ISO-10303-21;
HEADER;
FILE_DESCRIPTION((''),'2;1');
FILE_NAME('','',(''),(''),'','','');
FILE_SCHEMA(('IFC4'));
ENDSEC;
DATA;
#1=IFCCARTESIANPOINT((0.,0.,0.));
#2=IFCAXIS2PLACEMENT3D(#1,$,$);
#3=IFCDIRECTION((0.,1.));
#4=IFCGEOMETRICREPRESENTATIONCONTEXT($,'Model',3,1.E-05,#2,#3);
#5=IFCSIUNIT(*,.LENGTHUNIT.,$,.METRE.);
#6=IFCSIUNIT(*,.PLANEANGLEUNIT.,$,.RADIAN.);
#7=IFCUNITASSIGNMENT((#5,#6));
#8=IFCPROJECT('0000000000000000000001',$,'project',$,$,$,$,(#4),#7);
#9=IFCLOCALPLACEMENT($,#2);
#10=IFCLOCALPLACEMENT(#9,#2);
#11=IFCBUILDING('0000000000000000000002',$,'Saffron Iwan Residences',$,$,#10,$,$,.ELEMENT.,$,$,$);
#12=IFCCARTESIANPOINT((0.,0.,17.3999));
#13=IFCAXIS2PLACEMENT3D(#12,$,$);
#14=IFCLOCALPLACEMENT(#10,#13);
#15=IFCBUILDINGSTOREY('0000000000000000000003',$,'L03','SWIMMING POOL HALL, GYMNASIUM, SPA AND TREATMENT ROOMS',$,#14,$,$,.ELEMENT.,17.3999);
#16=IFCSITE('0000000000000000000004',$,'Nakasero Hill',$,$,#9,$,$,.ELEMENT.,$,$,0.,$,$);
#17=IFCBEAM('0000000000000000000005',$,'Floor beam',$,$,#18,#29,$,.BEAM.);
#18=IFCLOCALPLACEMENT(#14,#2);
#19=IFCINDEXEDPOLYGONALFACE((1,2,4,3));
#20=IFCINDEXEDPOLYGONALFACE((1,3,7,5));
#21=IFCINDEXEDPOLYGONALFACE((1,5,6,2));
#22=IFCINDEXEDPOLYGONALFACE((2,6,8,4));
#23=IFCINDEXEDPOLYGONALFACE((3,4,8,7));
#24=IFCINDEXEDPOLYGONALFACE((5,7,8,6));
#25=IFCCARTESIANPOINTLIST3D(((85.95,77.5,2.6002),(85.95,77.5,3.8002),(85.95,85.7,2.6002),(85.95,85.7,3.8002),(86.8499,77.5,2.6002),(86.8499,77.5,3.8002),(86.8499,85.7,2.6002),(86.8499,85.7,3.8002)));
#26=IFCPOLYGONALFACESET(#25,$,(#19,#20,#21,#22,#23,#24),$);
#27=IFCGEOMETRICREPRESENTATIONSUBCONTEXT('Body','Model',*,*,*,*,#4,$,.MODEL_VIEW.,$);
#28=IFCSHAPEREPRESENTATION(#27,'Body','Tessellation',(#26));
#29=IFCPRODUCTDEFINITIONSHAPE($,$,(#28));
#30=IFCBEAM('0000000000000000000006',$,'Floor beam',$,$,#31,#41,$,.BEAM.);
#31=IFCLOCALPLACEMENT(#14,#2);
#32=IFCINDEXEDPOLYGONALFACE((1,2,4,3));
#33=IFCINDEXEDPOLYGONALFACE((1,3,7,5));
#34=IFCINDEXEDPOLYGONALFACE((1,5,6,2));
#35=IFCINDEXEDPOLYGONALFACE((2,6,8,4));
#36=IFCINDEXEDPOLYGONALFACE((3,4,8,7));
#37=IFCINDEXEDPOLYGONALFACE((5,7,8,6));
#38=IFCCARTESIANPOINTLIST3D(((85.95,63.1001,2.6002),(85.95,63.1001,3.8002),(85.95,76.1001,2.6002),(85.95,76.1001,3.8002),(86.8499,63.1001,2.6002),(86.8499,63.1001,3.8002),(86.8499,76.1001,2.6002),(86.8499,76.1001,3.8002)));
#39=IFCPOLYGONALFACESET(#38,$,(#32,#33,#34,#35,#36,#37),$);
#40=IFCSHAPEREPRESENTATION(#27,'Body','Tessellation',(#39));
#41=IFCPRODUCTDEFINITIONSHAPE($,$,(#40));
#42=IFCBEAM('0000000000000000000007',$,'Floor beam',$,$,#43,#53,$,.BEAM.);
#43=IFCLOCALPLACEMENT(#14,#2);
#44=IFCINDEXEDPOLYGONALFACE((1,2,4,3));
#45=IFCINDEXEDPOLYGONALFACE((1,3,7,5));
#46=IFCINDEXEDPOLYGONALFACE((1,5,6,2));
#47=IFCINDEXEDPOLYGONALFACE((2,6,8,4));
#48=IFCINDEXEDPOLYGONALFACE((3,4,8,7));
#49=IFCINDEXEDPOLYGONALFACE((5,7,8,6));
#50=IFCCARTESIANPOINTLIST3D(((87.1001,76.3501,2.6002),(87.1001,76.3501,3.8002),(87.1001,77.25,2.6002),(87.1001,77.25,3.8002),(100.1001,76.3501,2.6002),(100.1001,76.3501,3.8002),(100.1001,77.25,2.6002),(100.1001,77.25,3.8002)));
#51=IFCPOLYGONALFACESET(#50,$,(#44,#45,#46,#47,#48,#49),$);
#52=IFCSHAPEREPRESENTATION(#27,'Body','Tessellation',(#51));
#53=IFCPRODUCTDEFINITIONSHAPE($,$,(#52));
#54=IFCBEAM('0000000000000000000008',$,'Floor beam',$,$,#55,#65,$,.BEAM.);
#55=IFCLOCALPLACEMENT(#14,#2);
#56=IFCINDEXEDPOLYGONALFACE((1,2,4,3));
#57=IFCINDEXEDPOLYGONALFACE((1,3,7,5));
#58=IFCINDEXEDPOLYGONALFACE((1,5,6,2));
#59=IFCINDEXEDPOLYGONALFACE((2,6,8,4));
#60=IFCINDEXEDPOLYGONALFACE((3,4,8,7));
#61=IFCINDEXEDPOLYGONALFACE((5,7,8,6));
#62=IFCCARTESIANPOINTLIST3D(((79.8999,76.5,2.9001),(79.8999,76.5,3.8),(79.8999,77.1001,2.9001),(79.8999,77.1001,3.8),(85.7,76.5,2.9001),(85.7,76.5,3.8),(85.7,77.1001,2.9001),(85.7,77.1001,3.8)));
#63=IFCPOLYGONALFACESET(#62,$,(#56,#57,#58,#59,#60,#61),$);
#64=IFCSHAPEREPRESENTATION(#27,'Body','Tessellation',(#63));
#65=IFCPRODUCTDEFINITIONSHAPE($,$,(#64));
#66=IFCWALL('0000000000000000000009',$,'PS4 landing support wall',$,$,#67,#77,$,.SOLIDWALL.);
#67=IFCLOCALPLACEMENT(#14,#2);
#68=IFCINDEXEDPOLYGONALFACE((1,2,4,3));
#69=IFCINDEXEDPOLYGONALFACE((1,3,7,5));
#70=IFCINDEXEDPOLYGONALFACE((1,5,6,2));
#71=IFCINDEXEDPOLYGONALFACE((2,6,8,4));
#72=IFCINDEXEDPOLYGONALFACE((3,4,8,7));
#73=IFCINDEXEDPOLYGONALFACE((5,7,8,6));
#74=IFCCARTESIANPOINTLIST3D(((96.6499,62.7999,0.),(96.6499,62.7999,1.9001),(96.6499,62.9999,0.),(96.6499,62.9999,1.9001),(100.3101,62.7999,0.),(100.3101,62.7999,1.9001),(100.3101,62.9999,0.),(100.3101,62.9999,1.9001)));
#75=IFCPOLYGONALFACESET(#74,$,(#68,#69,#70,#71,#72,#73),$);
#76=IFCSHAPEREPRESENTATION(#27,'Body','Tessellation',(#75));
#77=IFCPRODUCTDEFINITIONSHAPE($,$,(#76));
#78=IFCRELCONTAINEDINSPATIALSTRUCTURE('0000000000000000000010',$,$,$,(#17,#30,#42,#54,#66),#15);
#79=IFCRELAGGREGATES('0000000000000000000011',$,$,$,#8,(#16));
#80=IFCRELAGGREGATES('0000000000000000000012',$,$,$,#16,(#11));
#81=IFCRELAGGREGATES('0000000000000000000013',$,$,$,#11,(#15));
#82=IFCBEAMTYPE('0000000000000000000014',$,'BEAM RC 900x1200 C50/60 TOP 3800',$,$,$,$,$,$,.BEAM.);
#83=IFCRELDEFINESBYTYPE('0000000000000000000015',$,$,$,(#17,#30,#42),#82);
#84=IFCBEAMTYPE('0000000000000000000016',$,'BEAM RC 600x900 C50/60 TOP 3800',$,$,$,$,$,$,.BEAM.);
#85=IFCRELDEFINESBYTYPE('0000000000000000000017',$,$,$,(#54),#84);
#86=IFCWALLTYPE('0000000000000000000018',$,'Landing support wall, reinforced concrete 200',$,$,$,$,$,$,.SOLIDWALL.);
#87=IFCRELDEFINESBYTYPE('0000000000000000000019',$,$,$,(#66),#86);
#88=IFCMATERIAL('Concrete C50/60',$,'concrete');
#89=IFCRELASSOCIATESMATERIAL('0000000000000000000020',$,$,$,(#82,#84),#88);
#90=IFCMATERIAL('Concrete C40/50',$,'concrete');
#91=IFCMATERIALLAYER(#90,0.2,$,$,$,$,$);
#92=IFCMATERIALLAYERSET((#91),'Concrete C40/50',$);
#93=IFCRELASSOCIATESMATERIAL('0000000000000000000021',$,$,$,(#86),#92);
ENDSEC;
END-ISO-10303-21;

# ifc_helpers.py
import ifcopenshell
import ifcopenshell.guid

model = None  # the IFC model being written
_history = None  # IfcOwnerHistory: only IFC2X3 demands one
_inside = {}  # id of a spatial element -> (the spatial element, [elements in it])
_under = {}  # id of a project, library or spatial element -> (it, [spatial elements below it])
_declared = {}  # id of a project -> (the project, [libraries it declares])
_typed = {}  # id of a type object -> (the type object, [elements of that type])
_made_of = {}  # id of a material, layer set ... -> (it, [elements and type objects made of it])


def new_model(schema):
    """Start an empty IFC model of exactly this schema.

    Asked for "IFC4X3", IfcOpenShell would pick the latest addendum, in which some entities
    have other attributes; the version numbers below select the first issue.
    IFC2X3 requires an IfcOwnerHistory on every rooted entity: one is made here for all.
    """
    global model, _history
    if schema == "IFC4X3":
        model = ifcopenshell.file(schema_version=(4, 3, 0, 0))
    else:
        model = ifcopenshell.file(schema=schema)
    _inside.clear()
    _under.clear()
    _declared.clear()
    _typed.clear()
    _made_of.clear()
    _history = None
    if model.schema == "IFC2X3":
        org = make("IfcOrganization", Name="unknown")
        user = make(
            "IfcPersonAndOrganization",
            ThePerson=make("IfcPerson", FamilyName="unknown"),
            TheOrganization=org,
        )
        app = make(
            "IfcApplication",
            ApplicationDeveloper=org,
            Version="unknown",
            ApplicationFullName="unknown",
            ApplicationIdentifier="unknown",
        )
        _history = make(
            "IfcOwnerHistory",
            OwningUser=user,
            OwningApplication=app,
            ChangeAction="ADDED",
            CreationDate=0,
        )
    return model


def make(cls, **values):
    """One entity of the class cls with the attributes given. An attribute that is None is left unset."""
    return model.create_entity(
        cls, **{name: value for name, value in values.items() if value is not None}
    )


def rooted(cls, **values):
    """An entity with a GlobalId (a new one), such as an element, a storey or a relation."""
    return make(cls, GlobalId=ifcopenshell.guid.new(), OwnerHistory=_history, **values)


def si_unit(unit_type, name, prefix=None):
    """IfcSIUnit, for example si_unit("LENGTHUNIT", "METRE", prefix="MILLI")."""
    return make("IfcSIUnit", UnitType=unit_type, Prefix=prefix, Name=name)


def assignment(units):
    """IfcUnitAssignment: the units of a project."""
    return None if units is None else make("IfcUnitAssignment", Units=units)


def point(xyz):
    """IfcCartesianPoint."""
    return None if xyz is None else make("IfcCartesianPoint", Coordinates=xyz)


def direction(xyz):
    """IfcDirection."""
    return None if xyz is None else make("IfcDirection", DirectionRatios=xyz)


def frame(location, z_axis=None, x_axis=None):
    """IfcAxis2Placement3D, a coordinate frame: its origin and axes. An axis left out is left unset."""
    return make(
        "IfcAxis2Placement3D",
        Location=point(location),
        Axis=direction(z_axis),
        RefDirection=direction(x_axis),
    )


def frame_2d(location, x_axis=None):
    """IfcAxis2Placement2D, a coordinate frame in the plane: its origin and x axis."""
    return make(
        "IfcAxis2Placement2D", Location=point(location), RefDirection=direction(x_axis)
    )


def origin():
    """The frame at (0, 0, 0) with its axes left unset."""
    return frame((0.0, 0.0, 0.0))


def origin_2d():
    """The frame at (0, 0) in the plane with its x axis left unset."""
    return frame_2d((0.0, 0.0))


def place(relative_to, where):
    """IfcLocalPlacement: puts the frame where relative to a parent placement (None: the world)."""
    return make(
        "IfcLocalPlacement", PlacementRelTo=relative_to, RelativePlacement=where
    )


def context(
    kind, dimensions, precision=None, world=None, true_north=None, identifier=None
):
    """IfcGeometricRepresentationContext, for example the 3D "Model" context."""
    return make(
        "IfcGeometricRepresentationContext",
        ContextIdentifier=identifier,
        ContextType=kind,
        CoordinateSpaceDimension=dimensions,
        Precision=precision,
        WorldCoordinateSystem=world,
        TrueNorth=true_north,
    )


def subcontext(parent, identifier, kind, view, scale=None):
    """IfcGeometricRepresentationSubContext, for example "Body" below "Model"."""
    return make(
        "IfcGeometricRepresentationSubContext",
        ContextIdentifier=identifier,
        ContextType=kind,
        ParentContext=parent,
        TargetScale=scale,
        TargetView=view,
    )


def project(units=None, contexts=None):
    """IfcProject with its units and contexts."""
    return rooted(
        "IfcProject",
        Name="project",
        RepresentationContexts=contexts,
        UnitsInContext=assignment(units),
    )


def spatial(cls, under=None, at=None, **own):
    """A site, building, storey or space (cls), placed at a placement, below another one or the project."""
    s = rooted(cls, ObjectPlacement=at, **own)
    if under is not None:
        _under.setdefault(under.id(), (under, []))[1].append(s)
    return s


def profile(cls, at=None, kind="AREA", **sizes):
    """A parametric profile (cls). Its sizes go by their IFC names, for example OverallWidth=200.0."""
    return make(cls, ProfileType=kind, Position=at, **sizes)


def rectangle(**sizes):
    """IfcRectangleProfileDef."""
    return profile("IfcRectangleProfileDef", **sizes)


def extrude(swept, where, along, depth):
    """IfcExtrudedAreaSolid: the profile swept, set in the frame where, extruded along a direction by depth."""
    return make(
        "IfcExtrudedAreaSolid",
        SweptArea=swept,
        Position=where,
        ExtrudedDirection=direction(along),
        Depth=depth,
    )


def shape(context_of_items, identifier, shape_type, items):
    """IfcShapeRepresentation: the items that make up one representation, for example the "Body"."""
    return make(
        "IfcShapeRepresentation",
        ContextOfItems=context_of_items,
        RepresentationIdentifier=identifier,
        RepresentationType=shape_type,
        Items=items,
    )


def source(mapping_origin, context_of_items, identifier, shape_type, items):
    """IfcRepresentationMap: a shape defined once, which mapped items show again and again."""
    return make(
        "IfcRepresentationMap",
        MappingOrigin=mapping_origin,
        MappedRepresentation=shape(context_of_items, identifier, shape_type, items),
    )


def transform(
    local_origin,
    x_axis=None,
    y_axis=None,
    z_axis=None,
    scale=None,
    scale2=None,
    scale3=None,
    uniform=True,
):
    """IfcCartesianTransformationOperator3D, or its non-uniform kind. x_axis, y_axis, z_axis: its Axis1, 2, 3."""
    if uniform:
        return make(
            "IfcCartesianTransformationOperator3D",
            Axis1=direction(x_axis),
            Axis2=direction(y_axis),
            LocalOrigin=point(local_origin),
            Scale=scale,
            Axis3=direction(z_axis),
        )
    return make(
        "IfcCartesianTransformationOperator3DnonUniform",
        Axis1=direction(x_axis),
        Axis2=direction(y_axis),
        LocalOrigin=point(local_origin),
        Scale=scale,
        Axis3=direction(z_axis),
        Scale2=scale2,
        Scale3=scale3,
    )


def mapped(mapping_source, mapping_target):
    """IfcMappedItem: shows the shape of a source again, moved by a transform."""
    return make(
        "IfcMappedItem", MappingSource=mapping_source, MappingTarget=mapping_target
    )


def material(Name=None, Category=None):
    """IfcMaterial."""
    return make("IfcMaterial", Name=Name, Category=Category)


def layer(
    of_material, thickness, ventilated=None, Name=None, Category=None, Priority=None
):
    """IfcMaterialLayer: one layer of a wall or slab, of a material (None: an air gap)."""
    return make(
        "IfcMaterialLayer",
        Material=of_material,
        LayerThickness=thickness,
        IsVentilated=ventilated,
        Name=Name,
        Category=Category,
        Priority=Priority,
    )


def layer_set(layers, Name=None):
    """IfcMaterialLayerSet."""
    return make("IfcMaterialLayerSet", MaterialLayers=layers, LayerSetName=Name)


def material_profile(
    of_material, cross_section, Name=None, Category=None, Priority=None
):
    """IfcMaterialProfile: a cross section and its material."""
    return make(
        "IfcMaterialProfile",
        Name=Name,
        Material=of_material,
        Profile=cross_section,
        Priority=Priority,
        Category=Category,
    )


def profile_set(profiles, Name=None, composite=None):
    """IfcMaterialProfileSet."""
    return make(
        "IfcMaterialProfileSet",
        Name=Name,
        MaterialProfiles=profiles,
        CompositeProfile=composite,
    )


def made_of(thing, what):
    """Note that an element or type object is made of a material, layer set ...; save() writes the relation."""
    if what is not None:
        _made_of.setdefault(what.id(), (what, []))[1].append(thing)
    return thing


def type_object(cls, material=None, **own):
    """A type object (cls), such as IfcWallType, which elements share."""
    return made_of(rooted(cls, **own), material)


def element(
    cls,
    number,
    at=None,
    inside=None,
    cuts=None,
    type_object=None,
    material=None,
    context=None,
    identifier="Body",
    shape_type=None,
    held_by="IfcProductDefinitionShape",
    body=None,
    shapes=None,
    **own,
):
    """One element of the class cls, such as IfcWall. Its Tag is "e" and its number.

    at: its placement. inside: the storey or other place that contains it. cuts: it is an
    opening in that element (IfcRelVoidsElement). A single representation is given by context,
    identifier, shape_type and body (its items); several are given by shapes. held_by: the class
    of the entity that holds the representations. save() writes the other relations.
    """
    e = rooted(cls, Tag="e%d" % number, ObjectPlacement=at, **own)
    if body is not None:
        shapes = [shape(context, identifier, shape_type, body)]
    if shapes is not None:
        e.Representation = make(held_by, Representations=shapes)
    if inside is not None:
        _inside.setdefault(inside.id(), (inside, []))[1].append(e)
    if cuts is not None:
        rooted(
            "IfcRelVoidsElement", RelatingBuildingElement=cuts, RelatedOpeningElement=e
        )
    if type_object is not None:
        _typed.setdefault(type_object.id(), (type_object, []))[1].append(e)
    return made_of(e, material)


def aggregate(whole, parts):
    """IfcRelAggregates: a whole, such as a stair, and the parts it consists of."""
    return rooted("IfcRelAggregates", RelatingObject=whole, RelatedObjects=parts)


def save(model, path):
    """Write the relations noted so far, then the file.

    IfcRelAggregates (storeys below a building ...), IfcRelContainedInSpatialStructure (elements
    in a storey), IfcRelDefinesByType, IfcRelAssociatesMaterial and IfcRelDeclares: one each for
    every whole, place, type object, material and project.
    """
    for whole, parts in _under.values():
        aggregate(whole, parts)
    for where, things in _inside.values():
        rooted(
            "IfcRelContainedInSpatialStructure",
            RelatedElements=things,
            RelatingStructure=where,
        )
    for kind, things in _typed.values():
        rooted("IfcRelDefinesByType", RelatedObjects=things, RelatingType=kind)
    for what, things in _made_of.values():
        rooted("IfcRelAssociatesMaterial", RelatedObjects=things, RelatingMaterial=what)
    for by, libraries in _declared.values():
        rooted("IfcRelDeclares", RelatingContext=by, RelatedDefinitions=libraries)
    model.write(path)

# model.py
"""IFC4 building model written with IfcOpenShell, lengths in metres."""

from ifc_helpers import new_model, si_unit, direction, frame, frame_2d, origin, origin_2d, place, context, subcontext, project, spatial, rectangle, extrude, source, transform, mapped, material, layer, layer_set, material_profile, profile_set, type_object, element, save


model = new_model("IFC4")

# Units and contexts
model_context = context("Model", 3, precision=1e-05, world=origin(), true_north=direction((0.0, 1.0)))
body_context = subcontext(model_context, "Body", "Model", "MODEL_VIEW")
ifc_project = project(units=[si_unit("LENGTHUNIT", "METRE"), si_unit("PLANEANGLEUNIT", "RADIAN")], contexts=[model_context])

# Site, building, storey
site_placement = place(None, origin())
site = spatial("IfcSite", under=ifc_project, at=site_placement, Name="Nakasero Hill", CompositionType="ELEMENT", RefElevation=0.0)
building_placement = place(site_placement, origin())
building = spatial("IfcBuilding", under=site, at=building_placement, Name="Saffron Iwan Residences", CompositionType="ELEMENT")
storey_placement = place(building_placement, frame((0.0, 0.0, 17.3999)))
storey = spatial("IfcBuildingStorey", under=building, at=storey_placement, Name="L03", Description="SWIMMING POOL HALL, GYMNASIUM, SPA AND TREATMENT ROOMS", CompositionType="ELEMENT", Elevation=17.3999)

# Shared definitions
ifc_material_1 = material(Name="Concrete C50/60", Category="concrete")

# Beams
ifc_material_profile_1 = material_profile(ifc_material_1, rectangle(XDim=0.8999, YDim=1.2, at=origin_2d()), Name="RC 900x1200")
ifc_profile_set_1 = profile_set([ifc_material_profile_1], Name="Concrete C50/60")
beam_type_1 = type_object("IfcBeamType", Name="BEAM RC 900x1200 C50/60 TOP 3800", PredefinedType="BEAM", material=ifc_profile_set_1)
shared_shape_1 = source(origin(), body_context, "Body", "SweptSolid", [
    extrude(rectangle(XDim=0.8999, YDim=1.2, at=origin_2d()), origin(), (0.0, 0.0, 1.0), 8.2),
])
beam_1_placement = place(storey_placement, frame((86.3999, 77.5, 3.2002), z_axis=(0.0, 1.0, 0.0), x_axis=(-1.0, 0.0, 0.0)))
element("IfcBeam", 1, at=beam_1_placement, inside=storey, type_object=beam_type_1, Name="Floor beam", PredefinedType="BEAM", context=body_context, shape_type="MappedRepresentation", body=[
    mapped(shared_shape_1, transform((0.0, 0.0, 0.0))),
])
shared_shape_2 = source(origin(), body_context, "Body", "SweptSolid", [
    extrude(rectangle(XDim=0.8999, YDim=1.2, at=origin_2d()), origin(), (0.0, 0.0, 1.0), 13.0),
])
for number, where, z_axis, x_axis, name in (
    (2, (86.3999, 63.1001, 3.2002), (0.0, 1.0, 0.0), (-1.0, 0.0, 0.0), "Floor beam"),
    (3, (87.1001, 76.8, 3.2002), (1.0, 0.0, 0.0), (0.0, 1.0, 0.0), "Floor beam"),
):
    element("IfcBeam", number, at=place(storey_placement, frame(where, z_axis=z_axis, x_axis=x_axis)), inside=storey, type_object=beam_type_1, Name=name, PredefinedType="BEAM", context=body_context, shape_type="MappedRepresentation", body=[
        mapped(shared_shape_2, transform((0.0, 0.0, 0.0))),
    ])
ifc_material_profile_2 = material_profile(ifc_material_1, rectangle(XDim=0.6001, YDim=0.8999, at=origin_2d()), Name="RC 600x900")
ifc_profile_set_2 = profile_set([ifc_material_profile_2], Name="Concrete C50/60")
beam_type_2 = type_object("IfcBeamType", Name="BEAM RC 600x900 C50/60 TOP 3800", PredefinedType="BEAM", material=ifc_profile_set_2)
shared_shape_3 = source(origin(), body_context, "Body", "SweptSolid", [
    extrude(rectangle(XDim=0.6001, YDim=0.8999, at=origin_2d()), origin(), (0.0, 0.0, 1.0), 5.8),
])
beam_2_placement = place(storey_placement, frame((79.8999, 76.8, 3.3501), z_axis=(1.0, 0.0, 0.0), x_axis=(0.0, 1.0, 0.0)))
element("IfcBeam", 4, at=beam_2_placement, inside=storey, type_object=beam_type_2, Name="Floor beam", PredefinedType="BEAM", context=body_context, shape_type="MappedRepresentation", body=[
    mapped(shared_shape_3, transform((0.0, 0.0, 0.0))),
])

# Wall
ifc_material_2 = material(Name="Concrete C40/50", Category="concrete")
ifc_layer_1 = layer(ifc_material_2, 0.2)
ifc_layer_set_1 = layer_set([ifc_layer_1], Name="Concrete C40/50")
wall_type_1 = type_object("IfcWallType", Name="Landing support wall, reinforced concrete 200", PredefinedType="SOLIDWALL", material=ifc_layer_set_1)
wall_1_placement = place(storey_placement, frame((96.6499, 62.8999, 0.0), z_axis=(0.0, 0.0, 1.0), x_axis=(1.0, 0.0, 0.0)))
element("IfcWall", 5, at=wall_1_placement, inside=storey, type_object=wall_type_1, Name="PS4 landing support wall", PredefinedType="SOLIDWALL", context=body_context, shape_type="SweptSolid", body=[
    extrude(rectangle(XDim=3.6602, YDim=0.2, at=frame_2d((1.8301, 0.0))), origin(), (0.0, 0.0, 1.0), 1.9001),
])

save(model, "model.ifc")
